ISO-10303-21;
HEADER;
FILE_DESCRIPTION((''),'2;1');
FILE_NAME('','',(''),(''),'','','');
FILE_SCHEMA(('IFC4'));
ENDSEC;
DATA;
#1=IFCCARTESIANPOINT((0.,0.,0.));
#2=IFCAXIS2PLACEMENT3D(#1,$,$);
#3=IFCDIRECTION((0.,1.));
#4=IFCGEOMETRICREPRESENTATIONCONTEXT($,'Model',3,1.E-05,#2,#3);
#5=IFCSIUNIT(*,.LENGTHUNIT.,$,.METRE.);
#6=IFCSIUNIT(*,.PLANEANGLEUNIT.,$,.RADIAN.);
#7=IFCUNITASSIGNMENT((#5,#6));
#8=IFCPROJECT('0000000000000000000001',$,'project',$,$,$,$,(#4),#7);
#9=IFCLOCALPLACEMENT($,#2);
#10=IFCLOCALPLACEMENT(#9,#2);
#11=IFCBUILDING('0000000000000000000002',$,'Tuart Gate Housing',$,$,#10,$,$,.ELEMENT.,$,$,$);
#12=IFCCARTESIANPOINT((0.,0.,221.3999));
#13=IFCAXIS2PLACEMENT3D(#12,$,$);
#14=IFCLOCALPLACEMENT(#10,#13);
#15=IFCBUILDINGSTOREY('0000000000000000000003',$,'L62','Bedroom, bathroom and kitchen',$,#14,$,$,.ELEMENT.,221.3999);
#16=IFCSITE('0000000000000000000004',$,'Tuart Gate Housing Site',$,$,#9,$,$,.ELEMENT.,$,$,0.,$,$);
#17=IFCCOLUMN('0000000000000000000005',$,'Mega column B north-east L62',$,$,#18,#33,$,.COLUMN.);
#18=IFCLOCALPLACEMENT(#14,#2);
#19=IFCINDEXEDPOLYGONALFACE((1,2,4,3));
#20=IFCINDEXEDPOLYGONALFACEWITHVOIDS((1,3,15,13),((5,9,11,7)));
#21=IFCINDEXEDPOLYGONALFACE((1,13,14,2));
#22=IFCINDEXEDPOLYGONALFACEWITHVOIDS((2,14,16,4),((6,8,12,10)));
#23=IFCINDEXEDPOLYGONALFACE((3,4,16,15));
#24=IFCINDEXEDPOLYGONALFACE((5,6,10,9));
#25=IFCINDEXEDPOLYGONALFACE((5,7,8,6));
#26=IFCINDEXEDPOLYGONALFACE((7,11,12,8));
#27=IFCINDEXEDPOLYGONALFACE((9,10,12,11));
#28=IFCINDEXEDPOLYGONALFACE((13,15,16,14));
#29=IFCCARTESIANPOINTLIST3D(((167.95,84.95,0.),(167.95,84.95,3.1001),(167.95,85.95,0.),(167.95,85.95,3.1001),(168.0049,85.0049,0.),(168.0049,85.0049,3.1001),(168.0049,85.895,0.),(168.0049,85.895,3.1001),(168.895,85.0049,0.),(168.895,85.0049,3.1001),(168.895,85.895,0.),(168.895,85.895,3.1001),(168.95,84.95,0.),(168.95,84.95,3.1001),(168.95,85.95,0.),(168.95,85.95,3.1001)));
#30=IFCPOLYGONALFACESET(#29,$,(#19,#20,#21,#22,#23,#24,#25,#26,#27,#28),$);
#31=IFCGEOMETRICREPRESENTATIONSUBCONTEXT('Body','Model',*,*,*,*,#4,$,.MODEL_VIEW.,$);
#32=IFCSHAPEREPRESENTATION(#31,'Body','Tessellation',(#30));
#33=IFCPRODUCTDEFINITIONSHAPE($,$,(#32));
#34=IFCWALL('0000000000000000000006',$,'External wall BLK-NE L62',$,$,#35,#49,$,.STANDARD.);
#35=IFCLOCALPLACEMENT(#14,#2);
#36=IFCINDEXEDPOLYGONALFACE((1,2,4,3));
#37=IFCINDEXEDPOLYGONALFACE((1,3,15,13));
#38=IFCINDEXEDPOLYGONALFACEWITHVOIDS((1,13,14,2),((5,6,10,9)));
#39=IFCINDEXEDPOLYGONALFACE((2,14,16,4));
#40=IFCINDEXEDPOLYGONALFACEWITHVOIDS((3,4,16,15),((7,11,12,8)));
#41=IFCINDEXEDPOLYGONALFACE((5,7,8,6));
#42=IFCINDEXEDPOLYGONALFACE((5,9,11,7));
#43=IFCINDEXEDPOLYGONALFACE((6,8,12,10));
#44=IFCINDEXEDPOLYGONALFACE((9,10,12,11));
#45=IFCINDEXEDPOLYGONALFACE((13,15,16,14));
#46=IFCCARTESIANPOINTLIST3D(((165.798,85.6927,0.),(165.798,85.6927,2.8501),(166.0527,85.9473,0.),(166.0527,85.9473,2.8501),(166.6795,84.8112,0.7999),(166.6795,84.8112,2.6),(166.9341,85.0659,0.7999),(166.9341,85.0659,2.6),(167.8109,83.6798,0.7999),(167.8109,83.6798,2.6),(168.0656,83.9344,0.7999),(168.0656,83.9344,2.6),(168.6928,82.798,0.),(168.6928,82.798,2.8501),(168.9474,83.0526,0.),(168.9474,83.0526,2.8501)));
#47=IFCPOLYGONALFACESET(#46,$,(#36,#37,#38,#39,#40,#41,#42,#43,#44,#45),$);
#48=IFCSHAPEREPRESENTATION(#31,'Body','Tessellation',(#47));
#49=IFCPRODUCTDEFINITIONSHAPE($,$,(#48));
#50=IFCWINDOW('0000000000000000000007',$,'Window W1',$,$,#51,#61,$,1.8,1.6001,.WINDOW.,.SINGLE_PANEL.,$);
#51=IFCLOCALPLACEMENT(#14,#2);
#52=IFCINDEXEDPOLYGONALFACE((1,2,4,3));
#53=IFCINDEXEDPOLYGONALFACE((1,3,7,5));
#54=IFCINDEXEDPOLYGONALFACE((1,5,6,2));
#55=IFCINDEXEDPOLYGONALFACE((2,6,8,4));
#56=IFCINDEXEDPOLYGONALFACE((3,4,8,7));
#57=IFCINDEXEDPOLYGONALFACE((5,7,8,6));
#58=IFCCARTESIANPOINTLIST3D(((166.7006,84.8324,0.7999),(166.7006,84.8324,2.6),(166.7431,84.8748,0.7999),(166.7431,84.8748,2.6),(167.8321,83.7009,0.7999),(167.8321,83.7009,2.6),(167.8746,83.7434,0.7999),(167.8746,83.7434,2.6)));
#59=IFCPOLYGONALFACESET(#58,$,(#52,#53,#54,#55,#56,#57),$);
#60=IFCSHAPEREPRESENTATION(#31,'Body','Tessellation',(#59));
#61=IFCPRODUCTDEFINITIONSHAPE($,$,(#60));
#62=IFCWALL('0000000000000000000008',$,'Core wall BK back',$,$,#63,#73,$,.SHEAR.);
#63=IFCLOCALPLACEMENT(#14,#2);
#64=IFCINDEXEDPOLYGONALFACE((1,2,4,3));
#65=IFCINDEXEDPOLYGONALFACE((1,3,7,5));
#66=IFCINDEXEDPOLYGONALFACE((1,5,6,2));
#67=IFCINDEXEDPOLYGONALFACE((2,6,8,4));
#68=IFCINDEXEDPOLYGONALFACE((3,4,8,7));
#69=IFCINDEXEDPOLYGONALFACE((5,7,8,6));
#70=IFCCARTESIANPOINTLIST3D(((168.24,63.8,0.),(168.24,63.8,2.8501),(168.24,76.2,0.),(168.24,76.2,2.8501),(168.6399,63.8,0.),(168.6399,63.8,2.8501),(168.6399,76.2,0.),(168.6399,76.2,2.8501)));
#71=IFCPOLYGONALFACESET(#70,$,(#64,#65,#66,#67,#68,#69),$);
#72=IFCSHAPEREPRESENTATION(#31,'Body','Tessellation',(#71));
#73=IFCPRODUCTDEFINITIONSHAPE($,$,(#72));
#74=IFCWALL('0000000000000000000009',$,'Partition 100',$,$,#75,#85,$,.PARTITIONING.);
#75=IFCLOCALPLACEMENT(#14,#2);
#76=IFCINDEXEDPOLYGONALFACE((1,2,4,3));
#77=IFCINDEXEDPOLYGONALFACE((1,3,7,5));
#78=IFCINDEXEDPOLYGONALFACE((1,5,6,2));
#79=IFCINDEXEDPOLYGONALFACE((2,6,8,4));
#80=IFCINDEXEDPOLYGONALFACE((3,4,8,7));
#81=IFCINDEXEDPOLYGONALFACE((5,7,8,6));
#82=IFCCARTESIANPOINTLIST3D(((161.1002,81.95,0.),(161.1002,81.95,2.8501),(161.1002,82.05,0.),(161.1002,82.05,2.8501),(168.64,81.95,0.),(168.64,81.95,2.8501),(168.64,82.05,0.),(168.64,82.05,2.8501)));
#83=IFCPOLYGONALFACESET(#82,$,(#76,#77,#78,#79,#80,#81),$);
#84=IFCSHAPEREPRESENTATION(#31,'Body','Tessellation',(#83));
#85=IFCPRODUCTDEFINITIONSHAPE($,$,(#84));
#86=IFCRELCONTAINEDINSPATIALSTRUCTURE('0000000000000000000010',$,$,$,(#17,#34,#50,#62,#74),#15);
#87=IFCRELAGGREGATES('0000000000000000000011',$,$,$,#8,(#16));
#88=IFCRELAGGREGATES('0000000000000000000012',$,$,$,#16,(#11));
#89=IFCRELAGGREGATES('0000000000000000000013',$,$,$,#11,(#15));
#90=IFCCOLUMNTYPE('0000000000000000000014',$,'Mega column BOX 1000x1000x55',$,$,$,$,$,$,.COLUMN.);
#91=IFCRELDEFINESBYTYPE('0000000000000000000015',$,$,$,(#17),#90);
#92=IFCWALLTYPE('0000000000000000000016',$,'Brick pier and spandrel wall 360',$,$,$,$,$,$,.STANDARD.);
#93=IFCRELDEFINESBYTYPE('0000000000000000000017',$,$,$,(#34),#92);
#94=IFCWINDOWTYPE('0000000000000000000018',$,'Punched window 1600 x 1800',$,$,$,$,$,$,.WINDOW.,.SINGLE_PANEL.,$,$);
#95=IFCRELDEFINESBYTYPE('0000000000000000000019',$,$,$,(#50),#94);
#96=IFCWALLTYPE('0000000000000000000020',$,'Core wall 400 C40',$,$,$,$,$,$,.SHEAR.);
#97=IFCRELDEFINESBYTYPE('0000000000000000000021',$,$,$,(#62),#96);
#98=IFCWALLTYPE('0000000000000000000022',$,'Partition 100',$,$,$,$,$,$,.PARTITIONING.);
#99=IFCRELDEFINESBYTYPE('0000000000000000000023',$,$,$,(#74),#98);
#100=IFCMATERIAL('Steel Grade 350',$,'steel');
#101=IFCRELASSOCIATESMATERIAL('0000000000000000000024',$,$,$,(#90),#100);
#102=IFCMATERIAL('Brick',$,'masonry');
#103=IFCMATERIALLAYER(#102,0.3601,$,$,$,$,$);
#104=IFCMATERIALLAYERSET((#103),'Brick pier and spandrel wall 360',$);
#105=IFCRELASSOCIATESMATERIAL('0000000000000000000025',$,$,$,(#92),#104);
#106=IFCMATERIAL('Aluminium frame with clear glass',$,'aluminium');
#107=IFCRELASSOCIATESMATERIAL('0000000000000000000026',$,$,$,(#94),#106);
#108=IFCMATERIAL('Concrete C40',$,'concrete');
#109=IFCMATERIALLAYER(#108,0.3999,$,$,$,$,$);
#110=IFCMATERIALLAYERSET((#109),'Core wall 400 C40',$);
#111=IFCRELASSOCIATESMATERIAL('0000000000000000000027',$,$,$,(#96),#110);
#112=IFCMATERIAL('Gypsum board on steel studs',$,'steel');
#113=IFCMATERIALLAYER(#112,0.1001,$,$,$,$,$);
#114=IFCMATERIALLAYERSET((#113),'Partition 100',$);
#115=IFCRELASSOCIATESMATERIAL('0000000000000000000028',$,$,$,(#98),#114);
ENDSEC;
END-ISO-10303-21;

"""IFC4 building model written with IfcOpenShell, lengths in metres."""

from ifc_helpers import new_model, si_unit, direction, frame, frame_2d, origin, origin_2d, place, context, subcontext, project, spatial, rectangle, hollow_rectangle, extrude, material, layer, layer_set, material_profile, profile_set, type_object, element, fill, save


model = new_model("IFC4")

# Units and contexts
model_context = context("Model", 3, precision=1e-05, world=origin(), true_north=direction((0.0, 1.0)))
body_context = subcontext(model_context, "Body", "Model", "MODEL_VIEW")
ifc_project = project(units=[si_unit("LENGTHUNIT", "METRE"), si_unit("PLANEANGLEUNIT", "RADIAN")], contexts=[model_context])

# Site, building, storey
site_placement = place(None, origin())
site = spatial("IfcSite", under=ifc_project, at=site_placement, Name="Tuart Gate Housing Site", CompositionType="ELEMENT", RefElevation=0.0)
building_placement = place(site_placement, origin())
building = spatial("IfcBuilding", under=site, at=building_placement, Name="Tuart Gate Housing", CompositionType="ELEMENT")
storey_placement = place(building_placement, frame((0.0, 0.0, 221.3999)))
storey = spatial("IfcBuildingStorey", under=building, at=storey_placement, Name="L62", Description="Bedroom, bathroom and kitchen", CompositionType="ELEMENT", Elevation=221.3999)

# Column
ifc_material_1 = material(Name="Steel Grade 350", Category="steel")
ifc_material_profile = material_profile(ifc_material_1, hollow_rectangle(XDim=1.0, YDim=1.0, WallThickness=0.0549, at=origin_2d()), Name="BOX 1000x1000x55")
ifc_profile_set = profile_set([ifc_material_profile], Name="Steel Grade 350")
column_type = type_object("IfcColumnType", Name="Mega column BOX 1000x1000x55", PredefinedType="COLUMN", material=ifc_profile_set)
column_placement = place(storey_placement, frame((168.45, 85.45, 0.0), z_axis=(0.0, 0.0, 1.0), x_axis=(1.0, 0.0, 0.0)))
element("IfcColumn", 1, at=column_placement, inside=storey, type_object=column_type, Name="Mega column B north-east L62", PredefinedType="COLUMN", context=body_context, shape_type="SweptSolid", body=[
    extrude(hollow_rectangle(XDim=1.0, YDim=1.0, WallThickness=0.0549, at=origin_2d()), origin(), (0.0, 0.0, 1.0), 3.1001),
])

# Wall, opening, window
ifc_material_2 = material(Name="Brick", Category="masonry")
ifc_layer_1 = layer(ifc_material_2, 0.3601)
ifc_layer_set_1 = layer_set([ifc_layer_1], Name="Brick pier and spandrel wall 360")
wall_type_1 = type_object("IfcWallType", Name="Brick pier and spandrel wall 360", PredefinedType="STANDARD", material=ifc_layer_set_1)
wall_1_placement = place(storey_placement, frame((168.8201, 82.9253, 0.0), z_axis=(0.0, 0.0, 1.0), x_axis=(-0.707107, 0.707107, 0.0)))
wall_1 = element("IfcWall", 2, at=wall_1_placement, inside=storey, type_object=wall_type_1, Name="External wall BLK-NE L62", PredefinedType="STANDARD", context=body_context, shape_type="SweptSolid", body=[
    extrude(rectangle(XDim=4.0938, YDim=0.3601, at=frame_2d((2.0469, 0.0))), origin(), (0.0, 0.0, 1.0), 2.8501),
])
opening_1_placement = place(wall_1_placement, frame((1.2471, 0.0, 0.8)))
opening_1 = element("IfcOpeningElement", 3, at=opening_1_placement, cuts=wall_1, PredefinedType="OPENING", context=body_context, shape_type="SweptSolid", body=[
    extrude(rectangle(XDim=1.6001, YDim=1.8, at=frame_2d((0.8, 0.8999))), frame((0.0, 0.1899, 0.0), z_axis=(0.0, -1.0, 0.0), x_axis=(1.0, 0.0, 0.0)), (0.0, 0.0, 1.0), 0.3801),
])
ifc_material_3 = material(Name="Aluminium frame with clear glass", Category="aluminium")
window_type_1 = type_object("IfcWindowType", Name="Punched window 1600 x 1800", PartitioningType="SINGLE_PANEL", PredefinedType="WINDOW", material=ifc_material_3)
window_1_placement = place(opening_1_placement, origin())
window_1 = element("IfcWindow", 4, at=window_1_placement, inside=storey, type_object=window_type_1, Name="Window W1", OverallHeight=1.8, OverallWidth=1.6001, PartitioningType="SINGLE_PANEL", PredefinedType="WINDOW", context=body_context, shape_type="SweptSolid", body=[
    extrude(rectangle(XDim=1.6001, YDim=1.8, at=frame_2d((0.8, 0.8999))), frame((0.0, 0.1501, 0.0), z_axis=(0.0, -1.0, 0.0), x_axis=(1.0, 0.0, 0.0)), (0.0, 0.0, 1.0), 0.0601),
])
fill(opening_1, window_1)

# Walls
ifc_material_4 = material(Name="Concrete C40", Category="concrete")
ifc_layer_2 = layer(ifc_material_4, 0.3999)
ifc_layer_set_2 = layer_set([ifc_layer_2], Name="Core wall 400 C40")
wall_type_2 = type_object("IfcWallType", Name="Core wall 400 C40", PredefinedType="SHEAR", material=ifc_layer_set_2)
wall_2_placement = place(storey_placement, frame((168.4399, 76.2, 0.0), z_axis=(0.0, 0.0, 1.0), x_axis=(0.0, -1.0, 0.0)))
element("IfcWall", 5, at=wall_2_placement, inside=storey, type_object=wall_type_2, Name="Core wall BK back", PredefinedType="SHEAR", context=body_context, shape_type="SweptSolid", body=[
    extrude(rectangle(XDim=12.3999, YDim=0.3999, at=frame_2d((6.2, 0.0))), origin(), (0.0, 0.0, 1.0), 2.8501),
])
ifc_material_5 = material(Name="Gypsum board on steel studs", Category="steel")
ifc_layer_3 = layer(ifc_material_5, 0.1001)
ifc_layer_set_3 = layer_set([ifc_layer_3], Name="Partition 100")
wall_type_3 = type_object("IfcWallType", Name="Partition 100", PredefinedType="PARTITIONING", material=ifc_layer_set_3)
wall_3_placement = place(storey_placement, frame((161.1001, 82.0, 0.0), z_axis=(0.0, 0.0, 1.0), x_axis=(1.0, 0.0, 0.0)))
element("IfcWall", 6, at=wall_3_placement, inside=storey, type_object=wall_type_3, Name="Partition 100", PredefinedType="PARTITIONING", context=body_context, shape_type="SweptSolid", body=[
    extrude(rectangle(XDim=7.5398, YDim=0.1001, at=frame_2d((3.77, 0.0))), origin(), (0.0, 0.0, 1.0), 2.8501),
])

save(model, "model.ifc")
